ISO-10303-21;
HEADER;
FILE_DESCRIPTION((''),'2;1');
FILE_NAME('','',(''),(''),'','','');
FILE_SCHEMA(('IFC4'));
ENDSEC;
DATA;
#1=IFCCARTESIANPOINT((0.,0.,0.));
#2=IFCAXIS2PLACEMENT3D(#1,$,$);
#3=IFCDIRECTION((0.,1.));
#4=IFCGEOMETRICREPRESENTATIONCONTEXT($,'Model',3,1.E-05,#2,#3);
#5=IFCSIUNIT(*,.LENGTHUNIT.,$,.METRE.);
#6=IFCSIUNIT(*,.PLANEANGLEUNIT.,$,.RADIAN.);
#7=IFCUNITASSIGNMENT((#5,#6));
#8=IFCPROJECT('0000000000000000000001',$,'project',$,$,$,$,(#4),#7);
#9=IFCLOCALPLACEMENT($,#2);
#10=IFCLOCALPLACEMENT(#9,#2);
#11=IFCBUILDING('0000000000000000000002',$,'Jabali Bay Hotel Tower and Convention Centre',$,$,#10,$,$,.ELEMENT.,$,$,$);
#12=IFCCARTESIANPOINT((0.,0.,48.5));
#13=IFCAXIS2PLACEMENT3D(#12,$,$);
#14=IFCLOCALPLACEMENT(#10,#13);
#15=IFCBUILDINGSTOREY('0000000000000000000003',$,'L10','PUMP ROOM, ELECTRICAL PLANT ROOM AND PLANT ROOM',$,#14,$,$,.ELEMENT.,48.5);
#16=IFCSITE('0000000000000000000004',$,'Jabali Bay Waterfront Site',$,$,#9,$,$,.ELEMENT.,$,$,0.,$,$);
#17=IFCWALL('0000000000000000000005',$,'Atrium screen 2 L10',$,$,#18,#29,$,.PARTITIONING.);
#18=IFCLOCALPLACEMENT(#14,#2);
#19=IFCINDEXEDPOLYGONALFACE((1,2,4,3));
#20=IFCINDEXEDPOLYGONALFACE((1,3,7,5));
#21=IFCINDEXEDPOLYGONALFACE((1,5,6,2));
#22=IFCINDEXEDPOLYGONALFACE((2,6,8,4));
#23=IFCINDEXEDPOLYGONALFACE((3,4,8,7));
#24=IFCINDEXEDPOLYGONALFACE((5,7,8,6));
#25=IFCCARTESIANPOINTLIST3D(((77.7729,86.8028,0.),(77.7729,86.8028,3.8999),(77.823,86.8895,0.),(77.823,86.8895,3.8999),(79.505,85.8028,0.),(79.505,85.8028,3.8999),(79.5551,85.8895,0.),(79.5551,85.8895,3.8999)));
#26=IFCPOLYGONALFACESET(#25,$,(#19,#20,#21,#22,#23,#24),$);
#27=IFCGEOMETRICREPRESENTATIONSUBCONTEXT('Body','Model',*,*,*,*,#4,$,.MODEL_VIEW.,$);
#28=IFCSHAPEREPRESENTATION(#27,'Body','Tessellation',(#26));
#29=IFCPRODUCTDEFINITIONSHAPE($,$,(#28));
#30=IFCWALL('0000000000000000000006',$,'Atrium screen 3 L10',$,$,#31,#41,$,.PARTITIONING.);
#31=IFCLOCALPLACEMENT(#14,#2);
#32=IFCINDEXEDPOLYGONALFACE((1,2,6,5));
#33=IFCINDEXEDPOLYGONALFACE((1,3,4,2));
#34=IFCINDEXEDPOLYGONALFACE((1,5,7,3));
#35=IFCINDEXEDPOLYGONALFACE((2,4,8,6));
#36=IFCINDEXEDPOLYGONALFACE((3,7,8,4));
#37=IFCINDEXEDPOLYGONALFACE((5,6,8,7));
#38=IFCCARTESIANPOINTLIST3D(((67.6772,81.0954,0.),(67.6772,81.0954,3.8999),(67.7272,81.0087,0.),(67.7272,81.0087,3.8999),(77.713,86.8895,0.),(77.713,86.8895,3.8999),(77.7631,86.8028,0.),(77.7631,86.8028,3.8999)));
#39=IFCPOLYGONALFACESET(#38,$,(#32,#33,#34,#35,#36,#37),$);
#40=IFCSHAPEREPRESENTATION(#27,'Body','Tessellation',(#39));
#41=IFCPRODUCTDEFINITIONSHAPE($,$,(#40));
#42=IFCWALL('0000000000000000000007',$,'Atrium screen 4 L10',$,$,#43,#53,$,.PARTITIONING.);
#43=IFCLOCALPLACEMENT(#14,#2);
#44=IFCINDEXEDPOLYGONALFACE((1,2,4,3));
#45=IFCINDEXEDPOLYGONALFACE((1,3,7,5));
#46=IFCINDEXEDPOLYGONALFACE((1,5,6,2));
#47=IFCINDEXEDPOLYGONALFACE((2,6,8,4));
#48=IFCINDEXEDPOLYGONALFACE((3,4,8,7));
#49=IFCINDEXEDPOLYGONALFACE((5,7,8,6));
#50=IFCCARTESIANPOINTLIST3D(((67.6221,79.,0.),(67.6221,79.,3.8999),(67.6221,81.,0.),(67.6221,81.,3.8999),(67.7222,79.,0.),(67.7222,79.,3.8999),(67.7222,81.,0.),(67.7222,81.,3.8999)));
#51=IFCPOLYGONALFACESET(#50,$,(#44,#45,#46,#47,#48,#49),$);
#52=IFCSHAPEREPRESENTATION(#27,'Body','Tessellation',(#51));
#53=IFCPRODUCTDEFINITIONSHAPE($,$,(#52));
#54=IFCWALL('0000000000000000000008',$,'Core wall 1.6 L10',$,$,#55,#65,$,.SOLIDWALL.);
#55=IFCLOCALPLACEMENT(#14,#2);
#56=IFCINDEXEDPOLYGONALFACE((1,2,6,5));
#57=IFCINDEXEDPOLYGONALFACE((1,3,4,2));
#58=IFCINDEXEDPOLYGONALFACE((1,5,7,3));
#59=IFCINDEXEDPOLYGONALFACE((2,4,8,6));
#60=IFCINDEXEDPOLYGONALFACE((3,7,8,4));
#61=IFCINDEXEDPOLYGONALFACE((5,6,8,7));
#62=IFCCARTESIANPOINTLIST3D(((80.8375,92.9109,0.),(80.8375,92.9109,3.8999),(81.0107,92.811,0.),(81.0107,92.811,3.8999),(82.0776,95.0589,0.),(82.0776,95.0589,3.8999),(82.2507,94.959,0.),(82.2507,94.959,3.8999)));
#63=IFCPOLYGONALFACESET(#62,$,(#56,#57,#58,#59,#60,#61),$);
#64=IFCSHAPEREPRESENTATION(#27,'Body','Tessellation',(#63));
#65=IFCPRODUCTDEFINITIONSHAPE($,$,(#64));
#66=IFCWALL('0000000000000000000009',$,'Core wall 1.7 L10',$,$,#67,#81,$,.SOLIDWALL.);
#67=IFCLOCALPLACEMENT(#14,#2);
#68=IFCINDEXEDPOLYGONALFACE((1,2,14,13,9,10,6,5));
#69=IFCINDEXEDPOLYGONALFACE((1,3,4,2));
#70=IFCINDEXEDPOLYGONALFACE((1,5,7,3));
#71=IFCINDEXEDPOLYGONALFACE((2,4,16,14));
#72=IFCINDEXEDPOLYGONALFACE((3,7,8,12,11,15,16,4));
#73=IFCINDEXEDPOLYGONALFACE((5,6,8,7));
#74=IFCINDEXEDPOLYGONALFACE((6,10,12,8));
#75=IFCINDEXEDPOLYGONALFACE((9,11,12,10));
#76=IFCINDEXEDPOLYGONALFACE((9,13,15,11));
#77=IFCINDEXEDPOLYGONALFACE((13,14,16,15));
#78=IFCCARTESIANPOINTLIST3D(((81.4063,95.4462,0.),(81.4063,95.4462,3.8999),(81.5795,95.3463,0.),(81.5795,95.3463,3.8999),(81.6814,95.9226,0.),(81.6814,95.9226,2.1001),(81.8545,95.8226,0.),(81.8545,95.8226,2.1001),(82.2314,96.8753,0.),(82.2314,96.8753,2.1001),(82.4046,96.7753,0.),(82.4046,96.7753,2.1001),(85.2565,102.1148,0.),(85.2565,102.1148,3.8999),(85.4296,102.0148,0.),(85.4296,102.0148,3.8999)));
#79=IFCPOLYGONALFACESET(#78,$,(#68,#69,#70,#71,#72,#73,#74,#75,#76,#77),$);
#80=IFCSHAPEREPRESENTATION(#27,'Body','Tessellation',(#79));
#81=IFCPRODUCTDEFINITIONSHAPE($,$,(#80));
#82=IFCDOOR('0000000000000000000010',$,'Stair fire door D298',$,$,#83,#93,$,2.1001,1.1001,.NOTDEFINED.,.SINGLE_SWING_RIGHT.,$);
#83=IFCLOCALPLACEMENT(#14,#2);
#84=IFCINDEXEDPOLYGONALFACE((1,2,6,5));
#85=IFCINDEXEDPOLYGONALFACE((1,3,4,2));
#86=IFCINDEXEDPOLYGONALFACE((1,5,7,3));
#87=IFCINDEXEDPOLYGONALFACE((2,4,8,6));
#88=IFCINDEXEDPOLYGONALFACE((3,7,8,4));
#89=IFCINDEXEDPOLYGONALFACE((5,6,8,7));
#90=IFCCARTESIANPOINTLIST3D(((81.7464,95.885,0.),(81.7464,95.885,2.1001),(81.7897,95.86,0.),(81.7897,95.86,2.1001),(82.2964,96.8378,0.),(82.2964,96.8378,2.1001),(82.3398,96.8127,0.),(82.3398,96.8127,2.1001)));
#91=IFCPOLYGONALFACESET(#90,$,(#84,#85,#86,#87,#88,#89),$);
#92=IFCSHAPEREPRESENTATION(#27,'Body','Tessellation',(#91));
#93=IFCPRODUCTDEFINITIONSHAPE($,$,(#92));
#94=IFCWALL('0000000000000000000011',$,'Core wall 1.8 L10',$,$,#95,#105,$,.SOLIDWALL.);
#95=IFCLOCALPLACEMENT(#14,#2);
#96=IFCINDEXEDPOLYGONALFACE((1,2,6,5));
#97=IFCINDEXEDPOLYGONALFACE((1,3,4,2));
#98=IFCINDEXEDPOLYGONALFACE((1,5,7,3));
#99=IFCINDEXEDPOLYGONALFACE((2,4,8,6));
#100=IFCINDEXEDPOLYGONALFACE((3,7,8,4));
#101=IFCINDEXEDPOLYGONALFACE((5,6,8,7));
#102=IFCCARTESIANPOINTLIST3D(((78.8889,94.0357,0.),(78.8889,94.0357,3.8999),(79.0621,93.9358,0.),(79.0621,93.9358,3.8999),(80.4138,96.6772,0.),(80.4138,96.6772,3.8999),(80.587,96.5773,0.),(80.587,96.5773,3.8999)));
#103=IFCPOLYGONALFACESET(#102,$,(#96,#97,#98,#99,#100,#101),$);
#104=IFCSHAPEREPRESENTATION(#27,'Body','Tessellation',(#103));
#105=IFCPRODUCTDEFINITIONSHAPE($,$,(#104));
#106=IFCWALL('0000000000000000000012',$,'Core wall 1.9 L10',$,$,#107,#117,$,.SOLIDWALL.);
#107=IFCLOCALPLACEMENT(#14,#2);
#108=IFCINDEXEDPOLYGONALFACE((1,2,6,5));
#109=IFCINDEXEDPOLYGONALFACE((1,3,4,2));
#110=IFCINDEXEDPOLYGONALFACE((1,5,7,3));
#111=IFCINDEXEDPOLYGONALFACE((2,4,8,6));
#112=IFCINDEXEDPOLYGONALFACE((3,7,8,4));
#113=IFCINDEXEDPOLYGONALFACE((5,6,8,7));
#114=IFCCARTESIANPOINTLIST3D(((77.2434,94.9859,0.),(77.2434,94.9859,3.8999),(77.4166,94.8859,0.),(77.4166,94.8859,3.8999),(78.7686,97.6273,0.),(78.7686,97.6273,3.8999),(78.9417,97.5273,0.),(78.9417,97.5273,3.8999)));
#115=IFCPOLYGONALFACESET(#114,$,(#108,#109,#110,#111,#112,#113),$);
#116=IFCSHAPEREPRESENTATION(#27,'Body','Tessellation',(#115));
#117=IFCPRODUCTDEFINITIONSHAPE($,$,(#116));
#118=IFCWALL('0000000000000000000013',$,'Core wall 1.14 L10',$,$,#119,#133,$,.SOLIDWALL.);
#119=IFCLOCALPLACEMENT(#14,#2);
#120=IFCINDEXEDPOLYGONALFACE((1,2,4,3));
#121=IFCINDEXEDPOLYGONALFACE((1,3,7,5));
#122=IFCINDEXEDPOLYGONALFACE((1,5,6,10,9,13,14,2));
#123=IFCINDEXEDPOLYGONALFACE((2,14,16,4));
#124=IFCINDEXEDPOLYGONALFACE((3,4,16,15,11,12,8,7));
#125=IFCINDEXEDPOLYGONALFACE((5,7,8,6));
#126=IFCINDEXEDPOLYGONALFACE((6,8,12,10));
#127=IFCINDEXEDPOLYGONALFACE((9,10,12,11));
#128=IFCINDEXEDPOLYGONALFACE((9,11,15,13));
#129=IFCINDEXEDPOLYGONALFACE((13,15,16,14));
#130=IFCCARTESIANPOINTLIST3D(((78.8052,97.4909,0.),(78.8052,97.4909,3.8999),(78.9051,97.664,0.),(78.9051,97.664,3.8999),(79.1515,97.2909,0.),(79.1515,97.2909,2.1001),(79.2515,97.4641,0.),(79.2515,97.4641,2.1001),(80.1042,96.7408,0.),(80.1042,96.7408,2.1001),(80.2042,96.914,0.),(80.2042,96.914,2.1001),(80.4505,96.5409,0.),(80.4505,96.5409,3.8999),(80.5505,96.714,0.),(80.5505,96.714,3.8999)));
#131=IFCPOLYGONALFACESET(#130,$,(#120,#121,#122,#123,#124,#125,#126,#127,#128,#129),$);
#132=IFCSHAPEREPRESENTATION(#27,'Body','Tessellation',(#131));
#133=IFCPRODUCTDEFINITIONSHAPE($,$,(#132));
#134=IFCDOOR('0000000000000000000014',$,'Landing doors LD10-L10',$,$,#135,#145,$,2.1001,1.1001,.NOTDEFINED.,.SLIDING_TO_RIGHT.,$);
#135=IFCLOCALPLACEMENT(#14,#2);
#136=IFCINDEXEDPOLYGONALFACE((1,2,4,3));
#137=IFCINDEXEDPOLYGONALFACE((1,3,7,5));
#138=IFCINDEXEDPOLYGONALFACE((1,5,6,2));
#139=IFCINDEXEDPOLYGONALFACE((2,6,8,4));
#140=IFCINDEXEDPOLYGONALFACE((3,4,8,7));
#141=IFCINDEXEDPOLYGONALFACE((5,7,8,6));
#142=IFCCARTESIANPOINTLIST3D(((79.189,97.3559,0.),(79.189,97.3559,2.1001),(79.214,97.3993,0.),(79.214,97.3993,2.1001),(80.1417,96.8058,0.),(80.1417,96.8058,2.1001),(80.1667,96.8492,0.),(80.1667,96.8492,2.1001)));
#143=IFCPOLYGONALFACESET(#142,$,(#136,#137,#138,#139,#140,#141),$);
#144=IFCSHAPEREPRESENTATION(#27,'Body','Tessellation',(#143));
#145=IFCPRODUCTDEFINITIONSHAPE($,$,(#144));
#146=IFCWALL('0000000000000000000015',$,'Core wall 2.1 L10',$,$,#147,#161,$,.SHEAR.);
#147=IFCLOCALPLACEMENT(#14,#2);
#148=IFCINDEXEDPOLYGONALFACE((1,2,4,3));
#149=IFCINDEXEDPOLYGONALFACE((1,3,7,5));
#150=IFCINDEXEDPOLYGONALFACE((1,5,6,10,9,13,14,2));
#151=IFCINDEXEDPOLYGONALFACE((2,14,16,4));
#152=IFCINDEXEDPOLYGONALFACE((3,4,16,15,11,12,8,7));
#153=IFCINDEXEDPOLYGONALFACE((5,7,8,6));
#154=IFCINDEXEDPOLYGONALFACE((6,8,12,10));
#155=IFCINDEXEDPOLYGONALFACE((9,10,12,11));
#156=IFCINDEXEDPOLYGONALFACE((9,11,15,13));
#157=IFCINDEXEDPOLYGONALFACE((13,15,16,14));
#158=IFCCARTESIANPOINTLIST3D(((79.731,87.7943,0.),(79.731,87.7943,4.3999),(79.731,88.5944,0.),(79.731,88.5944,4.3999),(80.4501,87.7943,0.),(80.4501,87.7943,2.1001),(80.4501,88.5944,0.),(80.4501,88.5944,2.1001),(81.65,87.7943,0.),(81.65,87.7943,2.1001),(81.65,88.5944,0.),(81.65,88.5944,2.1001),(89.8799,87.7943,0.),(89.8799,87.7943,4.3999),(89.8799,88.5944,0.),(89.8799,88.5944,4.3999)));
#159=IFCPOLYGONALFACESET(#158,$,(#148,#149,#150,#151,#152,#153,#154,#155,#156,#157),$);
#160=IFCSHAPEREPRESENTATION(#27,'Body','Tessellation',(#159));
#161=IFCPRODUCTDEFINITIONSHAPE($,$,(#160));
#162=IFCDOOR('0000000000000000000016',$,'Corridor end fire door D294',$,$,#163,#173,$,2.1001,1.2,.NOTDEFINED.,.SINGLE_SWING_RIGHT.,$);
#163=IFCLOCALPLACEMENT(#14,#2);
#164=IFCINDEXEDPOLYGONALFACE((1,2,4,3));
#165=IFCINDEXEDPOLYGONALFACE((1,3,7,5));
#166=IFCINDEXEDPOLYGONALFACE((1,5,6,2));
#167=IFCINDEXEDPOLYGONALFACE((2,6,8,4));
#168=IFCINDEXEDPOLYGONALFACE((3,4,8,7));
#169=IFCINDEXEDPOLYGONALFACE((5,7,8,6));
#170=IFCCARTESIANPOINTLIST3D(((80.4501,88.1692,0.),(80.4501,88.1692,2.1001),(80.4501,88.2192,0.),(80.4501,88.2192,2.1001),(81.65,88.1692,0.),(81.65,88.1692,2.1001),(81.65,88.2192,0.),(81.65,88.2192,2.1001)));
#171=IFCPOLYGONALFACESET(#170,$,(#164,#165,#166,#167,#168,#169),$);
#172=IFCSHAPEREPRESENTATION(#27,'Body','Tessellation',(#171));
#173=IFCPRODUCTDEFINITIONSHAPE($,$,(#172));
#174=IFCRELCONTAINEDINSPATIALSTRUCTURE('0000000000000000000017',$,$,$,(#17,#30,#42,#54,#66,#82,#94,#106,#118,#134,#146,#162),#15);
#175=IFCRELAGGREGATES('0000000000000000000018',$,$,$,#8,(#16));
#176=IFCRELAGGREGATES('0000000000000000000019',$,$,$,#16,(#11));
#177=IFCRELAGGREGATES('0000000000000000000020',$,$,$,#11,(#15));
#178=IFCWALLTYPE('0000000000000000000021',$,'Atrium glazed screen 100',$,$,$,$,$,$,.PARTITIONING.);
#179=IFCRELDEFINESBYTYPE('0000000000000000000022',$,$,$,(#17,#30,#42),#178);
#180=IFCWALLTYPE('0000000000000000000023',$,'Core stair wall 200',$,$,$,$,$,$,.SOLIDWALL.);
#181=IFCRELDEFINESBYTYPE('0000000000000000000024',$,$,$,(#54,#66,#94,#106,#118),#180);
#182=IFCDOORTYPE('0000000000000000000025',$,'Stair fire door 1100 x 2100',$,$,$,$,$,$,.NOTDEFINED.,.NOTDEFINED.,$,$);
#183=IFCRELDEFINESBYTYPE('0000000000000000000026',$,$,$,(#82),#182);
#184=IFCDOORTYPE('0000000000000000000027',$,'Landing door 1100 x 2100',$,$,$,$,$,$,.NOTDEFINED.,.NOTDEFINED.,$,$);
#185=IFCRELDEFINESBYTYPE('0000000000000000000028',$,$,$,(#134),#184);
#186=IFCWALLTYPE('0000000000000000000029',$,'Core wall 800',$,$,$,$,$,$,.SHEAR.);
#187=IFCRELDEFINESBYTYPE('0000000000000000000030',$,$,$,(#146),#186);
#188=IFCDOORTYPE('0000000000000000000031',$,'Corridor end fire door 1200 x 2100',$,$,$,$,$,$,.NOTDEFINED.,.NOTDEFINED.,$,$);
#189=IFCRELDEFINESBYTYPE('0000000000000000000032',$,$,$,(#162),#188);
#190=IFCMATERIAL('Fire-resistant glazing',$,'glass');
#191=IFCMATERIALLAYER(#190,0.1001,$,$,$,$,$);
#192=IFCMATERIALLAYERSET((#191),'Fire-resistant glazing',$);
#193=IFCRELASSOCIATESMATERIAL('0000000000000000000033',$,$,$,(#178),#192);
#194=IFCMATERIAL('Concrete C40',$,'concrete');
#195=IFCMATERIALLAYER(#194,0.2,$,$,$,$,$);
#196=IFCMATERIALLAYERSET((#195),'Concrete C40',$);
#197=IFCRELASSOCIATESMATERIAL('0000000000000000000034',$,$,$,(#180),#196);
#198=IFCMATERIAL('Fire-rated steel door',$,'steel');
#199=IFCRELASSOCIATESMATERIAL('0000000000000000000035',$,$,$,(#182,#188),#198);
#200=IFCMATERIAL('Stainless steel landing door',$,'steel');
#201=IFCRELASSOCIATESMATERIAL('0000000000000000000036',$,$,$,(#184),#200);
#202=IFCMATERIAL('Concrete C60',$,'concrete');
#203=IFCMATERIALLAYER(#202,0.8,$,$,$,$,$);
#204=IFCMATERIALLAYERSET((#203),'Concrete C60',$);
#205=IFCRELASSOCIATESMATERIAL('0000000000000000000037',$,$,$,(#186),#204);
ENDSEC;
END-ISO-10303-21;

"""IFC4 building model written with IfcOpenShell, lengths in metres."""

from ifc_helpers import new_model, si_unit, direction, frame, frame_2d, origin, place, context, subcontext, project, spatial, rectangle, extrude, material, layer, layer_set, type_object, element, fill, save


model = new_model("IFC4")

# Units and contexts
model_context = context("Model", 3, precision=1e-05, world=origin(), true_north=direction((0.0, 1.0)))
body_context = subcontext(model_context, "Body", "Model", "MODEL_VIEW")
ifc_project = project(units=[si_unit("LENGTHUNIT", "METRE"), si_unit("PLANEANGLEUNIT", "RADIAN")], contexts=[model_context])

# Site, building, storey
site_placement = place(None, origin())
site = spatial("IfcSite", under=ifc_project, at=site_placement, Name="Jabali Bay Waterfront Site", CompositionType="ELEMENT", RefElevation=0.0)
building_placement = place(site_placement, origin())
building = spatial("IfcBuilding", under=site, at=building_placement, Name="Jabali Bay Hotel Tower and Convention Centre", CompositionType="ELEMENT")
storey_placement = place(building_placement, frame((0.0, 0.0, 48.5)))
storey = spatial("IfcBuildingStorey", under=building, at=storey_placement, Name="L10", Description="PUMP ROOM, ELECTRICAL PLANT ROOM AND PLANT ROOM", CompositionType="ELEMENT", Elevation=48.5)

# Walls
ifc_material_1 = material(Name="Fire-resistant glazing", Category="glass")
ifc_layer_1 = layer(ifc_material_1, 0.1001)
ifc_layer_set_1 = layer_set([ifc_layer_1], Name="Fire-resistant glazing")
wall_type_1 = type_object("IfcWallType", Name="Atrium glazed screen 100", PredefinedType="PARTITIONING", material=ifc_layer_set_1)
wall_1_placement = place(storey_placement, frame((79.53, 85.8462, 0.0), z_axis=(0.0, 0.0, 1.0), x_axis=(-0.866041, 0.499973, 0.0)))
element("IfcWall", 1, at=wall_1_placement, inside=storey, type_object=wall_type_1, Name="Atrium screen 2 L10", PredefinedType="PARTITIONING", context=body_context, shape_type="SweptSolid", body=[
    extrude(rectangle(XDim=2.0, YDim=0.1001, at=frame_2d((1.0, 0.0))), origin(), (0.0, 0.0, 1.0), 3.8999),
])
wall_2_placement = place(storey_placement, frame((77.738, 86.8462, 0.0), z_axis=(0.0, 0.0, 1.0), x_axis=(-0.866027, -0.499998, 0.0)))
element("IfcWall", 2, at=wall_2_placement, inside=storey, type_object=wall_type_1, Name="Atrium screen 3 L10", PredefinedType="PARTITIONING", context=body_context, shape_type="SweptSolid", body=[
    extrude(rectangle(XDim=11.5884, YDim=0.1001, at=frame_2d((5.7942, 0.0))), origin(), (0.0, 0.0, 1.0), 3.8999),
])
wall_3_placement = place(storey_placement, frame((67.6721, 81.0, 0.0), z_axis=(0.0, 0.0, 1.0), x_axis=(0.0, -1.0, 0.0)))
element("IfcWall", 3, at=wall_3_placement, inside=storey, type_object=wall_type_1, Name="Atrium screen 4 L10", PredefinedType="PARTITIONING", context=body_context, shape_type="SweptSolid", body=[
    extrude(rectangle(XDim=2.0, YDim=0.1001, at=frame_2d((1.0, 0.0))), origin(), (0.0, 0.0, 1.0), 3.8999),
])
ifc_material_2 = material(Name="Concrete C40", Category="concrete")
ifc_layer_2 = layer(ifc_material_2, 0.2)
ifc_layer_set_2 = layer_set([ifc_layer_2], Name="Concrete C40")
wall_type_2 = type_object("IfcWallType", Name="Core stair wall 200", PredefinedType="SOLIDWALL", material=ifc_layer_set_2)
wall_4_placement = place(storey_placement, frame((80.9241, 92.8608, 0.0), z_axis=(0.0, 0.0, 1.0), x_axis=(0.499961, 0.866048, 0.0)))
element("IfcWall", 4, at=wall_4_placement, inside=storey, type_object=wall_type_2, Name="Core wall 1.6 L10", PredefinedType="SOLIDWALL", context=body_context, shape_type="SweptSolid", body=[
    extrude(rectangle(XDim=2.4802, YDim=0.2, at=frame_2d((1.2402, 0.0))), origin(), (0.0, 0.0, 1.0), 3.8999),
])

# Wall, opening, door
wall_5_placement = place(storey_placement, frame((81.4929, 95.3962, 0.0), z_axis=(0.0, 0.0, 1.0), x_axis=(0.500006, 0.866022, 0.0)))
wall_5 = element("IfcWall", 5, at=wall_5_placement, inside=storey, type_object=wall_type_2, Name="Core wall 1.7 L10", PredefinedType="SOLIDWALL", context=body_context, shape_type="SweptSolid", body=[
    extrude(rectangle(XDim=7.7002, YDim=0.2, at=frame_2d((3.8501, 0.0))), origin(), (0.0, 0.0, 1.0), 3.8999),
])
opening_1_placement = place(wall_5_placement, frame((0.55, 0.0, 0.0)))
opening_1 = element("IfcOpeningElement", 6, at=opening_1_placement, cuts=wall_5, PredefinedType="OPENING", context=body_context, shape_type="SweptSolid", body=[
    extrude(rectangle(XDim=1.1001, YDim=2.1001, at=frame_2d((0.55, 1.05))), frame((0.0, 0.1104, 0.0), z_axis=(0.0, -1.0, 0.0), x_axis=(1.0, 0.0, 0.0)), (0.0, 0.0, 1.0), 0.2209),
])
ifc_material_3 = material(Name="Fire-rated steel door", Category="steel")
door_type_1 = type_object("IfcDoorType", Name="Stair fire door 1100 x 2100", OperationType="NOTDEFINED", PredefinedType="NOTDEFINED", material=ifc_material_3)
door_1_placement = place(opening_1_placement, origin())
door_1 = element("IfcDoor", 7, at=door_1_placement, inside=storey, type_object=door_type_1, Name="Stair fire door D298", OperationType="SINGLE_SWING_RIGHT", OverallHeight=2.1001, OverallWidth=1.1001, PredefinedType="NOTDEFINED", context=body_context, shape_type="SweptSolid", body=[
    extrude(rectangle(XDim=1.1001, YDim=2.1001, at=frame_2d((0.55, 1.05))), frame((0.0, 0.0249, 0.0), z_axis=(0.0, -1.0, 0.0), x_axis=(1.0, 0.0, 0.0)), (0.0, 0.0, 1.0), 0.05),
])
fill(opening_1, door_1)

# Walls
for number, where, z_axis, x_axis, name in (
    (8, (78.9756, 93.9858, 0.0), (0.0, 0.0, 1.0), (0.499944, 0.866058, 0.0), "Core wall 1.8 L10"),
    (9, (77.3301, 94.936, 0.0), (0.0, 0.0, 1.0), (0.500039, 0.866003, 0.0), "Core wall 1.9 L10"),
):
    element("IfcWall", number, at=place(storey_placement, frame(where, z_axis=z_axis, x_axis=x_axis)), inside=storey, type_object=wall_type_2, Name=name, PredefinedType="SOLIDWALL", context=body_context, shape_type="SweptSolid", body=[
        extrude(rectangle(XDim=3.05, YDim=0.2, at=frame_2d((1.5249, 0.0))), origin(), (0.0, 0.0, 1.0), 3.8999),
    ])

# Walls, openings, doors
wall_6_placement = place(storey_placement, frame((80.5005, 96.6274, 0.0), z_axis=(0.0, 0.0, 1.0), x_axis=(-0.866012, 0.500023, 0.0)))
wall_6 = element("IfcWall", 10, at=wall_6_placement, inside=storey, type_object=wall_type_2, Name="Core wall 1.14 L10", PredefinedType="SOLIDWALL", context=body_context, shape_type="SweptSolid", body=[
    extrude(rectangle(XDim=1.8999, YDim=0.2, at=frame_2d((0.95, 0.0))), origin(), (0.0, 0.0, 1.0), 3.8999),
])
opening_2_placement = place(wall_6_placement, frame((0.3999, 0.0, 0.0)))
opening_2 = element("IfcOpeningElement", 11, at=opening_2_placement, cuts=wall_6, PredefinedType="OPENING", context=body_context, shape_type="SweptSolid", body=[
    extrude(rectangle(XDim=1.1001, YDim=2.1001, at=frame_2d((0.55, 1.05))), frame((0.0, 0.1104, 0.0), z_axis=(0.0, -1.0, 0.0), x_axis=(1.0, 0.0, 0.0)), (0.0, 0.0, 1.0), 0.2209),
])
ifc_material_4 = material(Name="Stainless steel landing door", Category="steel")
door_type_2 = type_object("IfcDoorType", Name="Landing door 1100 x 2100", OperationType="NOTDEFINED", PredefinedType="NOTDEFINED", material=ifc_material_4)
door_2_placement = place(opening_2_placement, origin())
door_2 = element("IfcDoor", 12, at=door_2_placement, inside=storey, type_object=door_type_2, Name="Landing doors LD10-L10", OperationType="SLIDING_TO_RIGHT", OverallHeight=2.1001, OverallWidth=1.1001, PredefinedType="NOTDEFINED", context=body_context, shape_type="SweptSolid", body=[
    extrude(rectangle(XDim=1.1001, YDim=2.1001, at=frame_2d((0.55, 1.05))), frame((0.0, 0.0249, 0.0), z_axis=(0.0, -1.0, 0.0), x_axis=(1.0, 0.0, 0.0)), (0.0, 0.0, 1.0), 0.05),
])
fill(opening_2, door_2)
ifc_material_5 = material(Name="Concrete C60", Category="concrete")
ifc_layer_3 = layer(ifc_material_5, 0.8)
ifc_layer_set_3 = layer_set([ifc_layer_3], Name="Concrete C60")
wall_type_3 = type_object("IfcWallType", Name="Core wall 800", PredefinedType="SHEAR", material=ifc_layer_set_3)
wall_7_placement = place(storey_placement, frame((79.731, 88.1943, 0.0), z_axis=(0.0, 0.0, 1.0), x_axis=(1.0, 0.0, 0.0)))
wall_7 = element("IfcWall", 13, at=wall_7_placement, inside=storey, type_object=wall_type_3, Name="Core wall 2.1 L10", PredefinedType="SHEAR", context=body_context, shape_type="SweptSolid", body=[
    extrude(rectangle(XDim=10.1489, YDim=0.8, at=frame_2d((5.0745, 0.0))), origin(), (0.0, 0.0, 1.0), 4.3999),
])
opening_3_placement = place(wall_7_placement, frame((0.719, 0.0, 0.0)))
opening_3 = element("IfcOpeningElement", 14, at=opening_3_placement, cuts=wall_7, PredefinedType="OPENING", context=body_context, shape_type="SweptSolid", body=[
    extrude(rectangle(XDim=1.2, YDim=2.1001, at=frame_2d((0.6001, 1.05))), frame((0.0, 0.4106, 0.0), z_axis=(0.0, -1.0, 0.0), x_axis=(1.0, 0.0, 0.0)), (0.0, 0.0, 1.0), 0.821),
])
door_type_3 = type_object("IfcDoorType", Name="Corridor end fire door 1200 x 2100", OperationType="NOTDEFINED", PredefinedType="NOTDEFINED", material=ifc_material_3)
door_3_placement = place(opening_3_placement, origin())
door_3 = element("IfcDoor", 15, at=door_3_placement, inside=storey, type_object=door_type_3, Name="Corridor end fire door D294", OperationType="SINGLE_SWING_RIGHT", OverallHeight=2.1001, OverallWidth=1.2, PredefinedType="NOTDEFINED", context=body_context, shape_type="SweptSolid", body=[
    extrude(rectangle(XDim=1.2, YDim=2.1001, at=frame_2d((0.6001, 1.05))), frame((0.0, 0.0249, 0.0), z_axis=(0.0, -1.0, 0.0), x_axis=(1.0, 0.0, 0.0)), (0.0, 0.0, 1.0), 0.05),
])
fill(opening_3, door_3)

save(model, "model.ifc")
